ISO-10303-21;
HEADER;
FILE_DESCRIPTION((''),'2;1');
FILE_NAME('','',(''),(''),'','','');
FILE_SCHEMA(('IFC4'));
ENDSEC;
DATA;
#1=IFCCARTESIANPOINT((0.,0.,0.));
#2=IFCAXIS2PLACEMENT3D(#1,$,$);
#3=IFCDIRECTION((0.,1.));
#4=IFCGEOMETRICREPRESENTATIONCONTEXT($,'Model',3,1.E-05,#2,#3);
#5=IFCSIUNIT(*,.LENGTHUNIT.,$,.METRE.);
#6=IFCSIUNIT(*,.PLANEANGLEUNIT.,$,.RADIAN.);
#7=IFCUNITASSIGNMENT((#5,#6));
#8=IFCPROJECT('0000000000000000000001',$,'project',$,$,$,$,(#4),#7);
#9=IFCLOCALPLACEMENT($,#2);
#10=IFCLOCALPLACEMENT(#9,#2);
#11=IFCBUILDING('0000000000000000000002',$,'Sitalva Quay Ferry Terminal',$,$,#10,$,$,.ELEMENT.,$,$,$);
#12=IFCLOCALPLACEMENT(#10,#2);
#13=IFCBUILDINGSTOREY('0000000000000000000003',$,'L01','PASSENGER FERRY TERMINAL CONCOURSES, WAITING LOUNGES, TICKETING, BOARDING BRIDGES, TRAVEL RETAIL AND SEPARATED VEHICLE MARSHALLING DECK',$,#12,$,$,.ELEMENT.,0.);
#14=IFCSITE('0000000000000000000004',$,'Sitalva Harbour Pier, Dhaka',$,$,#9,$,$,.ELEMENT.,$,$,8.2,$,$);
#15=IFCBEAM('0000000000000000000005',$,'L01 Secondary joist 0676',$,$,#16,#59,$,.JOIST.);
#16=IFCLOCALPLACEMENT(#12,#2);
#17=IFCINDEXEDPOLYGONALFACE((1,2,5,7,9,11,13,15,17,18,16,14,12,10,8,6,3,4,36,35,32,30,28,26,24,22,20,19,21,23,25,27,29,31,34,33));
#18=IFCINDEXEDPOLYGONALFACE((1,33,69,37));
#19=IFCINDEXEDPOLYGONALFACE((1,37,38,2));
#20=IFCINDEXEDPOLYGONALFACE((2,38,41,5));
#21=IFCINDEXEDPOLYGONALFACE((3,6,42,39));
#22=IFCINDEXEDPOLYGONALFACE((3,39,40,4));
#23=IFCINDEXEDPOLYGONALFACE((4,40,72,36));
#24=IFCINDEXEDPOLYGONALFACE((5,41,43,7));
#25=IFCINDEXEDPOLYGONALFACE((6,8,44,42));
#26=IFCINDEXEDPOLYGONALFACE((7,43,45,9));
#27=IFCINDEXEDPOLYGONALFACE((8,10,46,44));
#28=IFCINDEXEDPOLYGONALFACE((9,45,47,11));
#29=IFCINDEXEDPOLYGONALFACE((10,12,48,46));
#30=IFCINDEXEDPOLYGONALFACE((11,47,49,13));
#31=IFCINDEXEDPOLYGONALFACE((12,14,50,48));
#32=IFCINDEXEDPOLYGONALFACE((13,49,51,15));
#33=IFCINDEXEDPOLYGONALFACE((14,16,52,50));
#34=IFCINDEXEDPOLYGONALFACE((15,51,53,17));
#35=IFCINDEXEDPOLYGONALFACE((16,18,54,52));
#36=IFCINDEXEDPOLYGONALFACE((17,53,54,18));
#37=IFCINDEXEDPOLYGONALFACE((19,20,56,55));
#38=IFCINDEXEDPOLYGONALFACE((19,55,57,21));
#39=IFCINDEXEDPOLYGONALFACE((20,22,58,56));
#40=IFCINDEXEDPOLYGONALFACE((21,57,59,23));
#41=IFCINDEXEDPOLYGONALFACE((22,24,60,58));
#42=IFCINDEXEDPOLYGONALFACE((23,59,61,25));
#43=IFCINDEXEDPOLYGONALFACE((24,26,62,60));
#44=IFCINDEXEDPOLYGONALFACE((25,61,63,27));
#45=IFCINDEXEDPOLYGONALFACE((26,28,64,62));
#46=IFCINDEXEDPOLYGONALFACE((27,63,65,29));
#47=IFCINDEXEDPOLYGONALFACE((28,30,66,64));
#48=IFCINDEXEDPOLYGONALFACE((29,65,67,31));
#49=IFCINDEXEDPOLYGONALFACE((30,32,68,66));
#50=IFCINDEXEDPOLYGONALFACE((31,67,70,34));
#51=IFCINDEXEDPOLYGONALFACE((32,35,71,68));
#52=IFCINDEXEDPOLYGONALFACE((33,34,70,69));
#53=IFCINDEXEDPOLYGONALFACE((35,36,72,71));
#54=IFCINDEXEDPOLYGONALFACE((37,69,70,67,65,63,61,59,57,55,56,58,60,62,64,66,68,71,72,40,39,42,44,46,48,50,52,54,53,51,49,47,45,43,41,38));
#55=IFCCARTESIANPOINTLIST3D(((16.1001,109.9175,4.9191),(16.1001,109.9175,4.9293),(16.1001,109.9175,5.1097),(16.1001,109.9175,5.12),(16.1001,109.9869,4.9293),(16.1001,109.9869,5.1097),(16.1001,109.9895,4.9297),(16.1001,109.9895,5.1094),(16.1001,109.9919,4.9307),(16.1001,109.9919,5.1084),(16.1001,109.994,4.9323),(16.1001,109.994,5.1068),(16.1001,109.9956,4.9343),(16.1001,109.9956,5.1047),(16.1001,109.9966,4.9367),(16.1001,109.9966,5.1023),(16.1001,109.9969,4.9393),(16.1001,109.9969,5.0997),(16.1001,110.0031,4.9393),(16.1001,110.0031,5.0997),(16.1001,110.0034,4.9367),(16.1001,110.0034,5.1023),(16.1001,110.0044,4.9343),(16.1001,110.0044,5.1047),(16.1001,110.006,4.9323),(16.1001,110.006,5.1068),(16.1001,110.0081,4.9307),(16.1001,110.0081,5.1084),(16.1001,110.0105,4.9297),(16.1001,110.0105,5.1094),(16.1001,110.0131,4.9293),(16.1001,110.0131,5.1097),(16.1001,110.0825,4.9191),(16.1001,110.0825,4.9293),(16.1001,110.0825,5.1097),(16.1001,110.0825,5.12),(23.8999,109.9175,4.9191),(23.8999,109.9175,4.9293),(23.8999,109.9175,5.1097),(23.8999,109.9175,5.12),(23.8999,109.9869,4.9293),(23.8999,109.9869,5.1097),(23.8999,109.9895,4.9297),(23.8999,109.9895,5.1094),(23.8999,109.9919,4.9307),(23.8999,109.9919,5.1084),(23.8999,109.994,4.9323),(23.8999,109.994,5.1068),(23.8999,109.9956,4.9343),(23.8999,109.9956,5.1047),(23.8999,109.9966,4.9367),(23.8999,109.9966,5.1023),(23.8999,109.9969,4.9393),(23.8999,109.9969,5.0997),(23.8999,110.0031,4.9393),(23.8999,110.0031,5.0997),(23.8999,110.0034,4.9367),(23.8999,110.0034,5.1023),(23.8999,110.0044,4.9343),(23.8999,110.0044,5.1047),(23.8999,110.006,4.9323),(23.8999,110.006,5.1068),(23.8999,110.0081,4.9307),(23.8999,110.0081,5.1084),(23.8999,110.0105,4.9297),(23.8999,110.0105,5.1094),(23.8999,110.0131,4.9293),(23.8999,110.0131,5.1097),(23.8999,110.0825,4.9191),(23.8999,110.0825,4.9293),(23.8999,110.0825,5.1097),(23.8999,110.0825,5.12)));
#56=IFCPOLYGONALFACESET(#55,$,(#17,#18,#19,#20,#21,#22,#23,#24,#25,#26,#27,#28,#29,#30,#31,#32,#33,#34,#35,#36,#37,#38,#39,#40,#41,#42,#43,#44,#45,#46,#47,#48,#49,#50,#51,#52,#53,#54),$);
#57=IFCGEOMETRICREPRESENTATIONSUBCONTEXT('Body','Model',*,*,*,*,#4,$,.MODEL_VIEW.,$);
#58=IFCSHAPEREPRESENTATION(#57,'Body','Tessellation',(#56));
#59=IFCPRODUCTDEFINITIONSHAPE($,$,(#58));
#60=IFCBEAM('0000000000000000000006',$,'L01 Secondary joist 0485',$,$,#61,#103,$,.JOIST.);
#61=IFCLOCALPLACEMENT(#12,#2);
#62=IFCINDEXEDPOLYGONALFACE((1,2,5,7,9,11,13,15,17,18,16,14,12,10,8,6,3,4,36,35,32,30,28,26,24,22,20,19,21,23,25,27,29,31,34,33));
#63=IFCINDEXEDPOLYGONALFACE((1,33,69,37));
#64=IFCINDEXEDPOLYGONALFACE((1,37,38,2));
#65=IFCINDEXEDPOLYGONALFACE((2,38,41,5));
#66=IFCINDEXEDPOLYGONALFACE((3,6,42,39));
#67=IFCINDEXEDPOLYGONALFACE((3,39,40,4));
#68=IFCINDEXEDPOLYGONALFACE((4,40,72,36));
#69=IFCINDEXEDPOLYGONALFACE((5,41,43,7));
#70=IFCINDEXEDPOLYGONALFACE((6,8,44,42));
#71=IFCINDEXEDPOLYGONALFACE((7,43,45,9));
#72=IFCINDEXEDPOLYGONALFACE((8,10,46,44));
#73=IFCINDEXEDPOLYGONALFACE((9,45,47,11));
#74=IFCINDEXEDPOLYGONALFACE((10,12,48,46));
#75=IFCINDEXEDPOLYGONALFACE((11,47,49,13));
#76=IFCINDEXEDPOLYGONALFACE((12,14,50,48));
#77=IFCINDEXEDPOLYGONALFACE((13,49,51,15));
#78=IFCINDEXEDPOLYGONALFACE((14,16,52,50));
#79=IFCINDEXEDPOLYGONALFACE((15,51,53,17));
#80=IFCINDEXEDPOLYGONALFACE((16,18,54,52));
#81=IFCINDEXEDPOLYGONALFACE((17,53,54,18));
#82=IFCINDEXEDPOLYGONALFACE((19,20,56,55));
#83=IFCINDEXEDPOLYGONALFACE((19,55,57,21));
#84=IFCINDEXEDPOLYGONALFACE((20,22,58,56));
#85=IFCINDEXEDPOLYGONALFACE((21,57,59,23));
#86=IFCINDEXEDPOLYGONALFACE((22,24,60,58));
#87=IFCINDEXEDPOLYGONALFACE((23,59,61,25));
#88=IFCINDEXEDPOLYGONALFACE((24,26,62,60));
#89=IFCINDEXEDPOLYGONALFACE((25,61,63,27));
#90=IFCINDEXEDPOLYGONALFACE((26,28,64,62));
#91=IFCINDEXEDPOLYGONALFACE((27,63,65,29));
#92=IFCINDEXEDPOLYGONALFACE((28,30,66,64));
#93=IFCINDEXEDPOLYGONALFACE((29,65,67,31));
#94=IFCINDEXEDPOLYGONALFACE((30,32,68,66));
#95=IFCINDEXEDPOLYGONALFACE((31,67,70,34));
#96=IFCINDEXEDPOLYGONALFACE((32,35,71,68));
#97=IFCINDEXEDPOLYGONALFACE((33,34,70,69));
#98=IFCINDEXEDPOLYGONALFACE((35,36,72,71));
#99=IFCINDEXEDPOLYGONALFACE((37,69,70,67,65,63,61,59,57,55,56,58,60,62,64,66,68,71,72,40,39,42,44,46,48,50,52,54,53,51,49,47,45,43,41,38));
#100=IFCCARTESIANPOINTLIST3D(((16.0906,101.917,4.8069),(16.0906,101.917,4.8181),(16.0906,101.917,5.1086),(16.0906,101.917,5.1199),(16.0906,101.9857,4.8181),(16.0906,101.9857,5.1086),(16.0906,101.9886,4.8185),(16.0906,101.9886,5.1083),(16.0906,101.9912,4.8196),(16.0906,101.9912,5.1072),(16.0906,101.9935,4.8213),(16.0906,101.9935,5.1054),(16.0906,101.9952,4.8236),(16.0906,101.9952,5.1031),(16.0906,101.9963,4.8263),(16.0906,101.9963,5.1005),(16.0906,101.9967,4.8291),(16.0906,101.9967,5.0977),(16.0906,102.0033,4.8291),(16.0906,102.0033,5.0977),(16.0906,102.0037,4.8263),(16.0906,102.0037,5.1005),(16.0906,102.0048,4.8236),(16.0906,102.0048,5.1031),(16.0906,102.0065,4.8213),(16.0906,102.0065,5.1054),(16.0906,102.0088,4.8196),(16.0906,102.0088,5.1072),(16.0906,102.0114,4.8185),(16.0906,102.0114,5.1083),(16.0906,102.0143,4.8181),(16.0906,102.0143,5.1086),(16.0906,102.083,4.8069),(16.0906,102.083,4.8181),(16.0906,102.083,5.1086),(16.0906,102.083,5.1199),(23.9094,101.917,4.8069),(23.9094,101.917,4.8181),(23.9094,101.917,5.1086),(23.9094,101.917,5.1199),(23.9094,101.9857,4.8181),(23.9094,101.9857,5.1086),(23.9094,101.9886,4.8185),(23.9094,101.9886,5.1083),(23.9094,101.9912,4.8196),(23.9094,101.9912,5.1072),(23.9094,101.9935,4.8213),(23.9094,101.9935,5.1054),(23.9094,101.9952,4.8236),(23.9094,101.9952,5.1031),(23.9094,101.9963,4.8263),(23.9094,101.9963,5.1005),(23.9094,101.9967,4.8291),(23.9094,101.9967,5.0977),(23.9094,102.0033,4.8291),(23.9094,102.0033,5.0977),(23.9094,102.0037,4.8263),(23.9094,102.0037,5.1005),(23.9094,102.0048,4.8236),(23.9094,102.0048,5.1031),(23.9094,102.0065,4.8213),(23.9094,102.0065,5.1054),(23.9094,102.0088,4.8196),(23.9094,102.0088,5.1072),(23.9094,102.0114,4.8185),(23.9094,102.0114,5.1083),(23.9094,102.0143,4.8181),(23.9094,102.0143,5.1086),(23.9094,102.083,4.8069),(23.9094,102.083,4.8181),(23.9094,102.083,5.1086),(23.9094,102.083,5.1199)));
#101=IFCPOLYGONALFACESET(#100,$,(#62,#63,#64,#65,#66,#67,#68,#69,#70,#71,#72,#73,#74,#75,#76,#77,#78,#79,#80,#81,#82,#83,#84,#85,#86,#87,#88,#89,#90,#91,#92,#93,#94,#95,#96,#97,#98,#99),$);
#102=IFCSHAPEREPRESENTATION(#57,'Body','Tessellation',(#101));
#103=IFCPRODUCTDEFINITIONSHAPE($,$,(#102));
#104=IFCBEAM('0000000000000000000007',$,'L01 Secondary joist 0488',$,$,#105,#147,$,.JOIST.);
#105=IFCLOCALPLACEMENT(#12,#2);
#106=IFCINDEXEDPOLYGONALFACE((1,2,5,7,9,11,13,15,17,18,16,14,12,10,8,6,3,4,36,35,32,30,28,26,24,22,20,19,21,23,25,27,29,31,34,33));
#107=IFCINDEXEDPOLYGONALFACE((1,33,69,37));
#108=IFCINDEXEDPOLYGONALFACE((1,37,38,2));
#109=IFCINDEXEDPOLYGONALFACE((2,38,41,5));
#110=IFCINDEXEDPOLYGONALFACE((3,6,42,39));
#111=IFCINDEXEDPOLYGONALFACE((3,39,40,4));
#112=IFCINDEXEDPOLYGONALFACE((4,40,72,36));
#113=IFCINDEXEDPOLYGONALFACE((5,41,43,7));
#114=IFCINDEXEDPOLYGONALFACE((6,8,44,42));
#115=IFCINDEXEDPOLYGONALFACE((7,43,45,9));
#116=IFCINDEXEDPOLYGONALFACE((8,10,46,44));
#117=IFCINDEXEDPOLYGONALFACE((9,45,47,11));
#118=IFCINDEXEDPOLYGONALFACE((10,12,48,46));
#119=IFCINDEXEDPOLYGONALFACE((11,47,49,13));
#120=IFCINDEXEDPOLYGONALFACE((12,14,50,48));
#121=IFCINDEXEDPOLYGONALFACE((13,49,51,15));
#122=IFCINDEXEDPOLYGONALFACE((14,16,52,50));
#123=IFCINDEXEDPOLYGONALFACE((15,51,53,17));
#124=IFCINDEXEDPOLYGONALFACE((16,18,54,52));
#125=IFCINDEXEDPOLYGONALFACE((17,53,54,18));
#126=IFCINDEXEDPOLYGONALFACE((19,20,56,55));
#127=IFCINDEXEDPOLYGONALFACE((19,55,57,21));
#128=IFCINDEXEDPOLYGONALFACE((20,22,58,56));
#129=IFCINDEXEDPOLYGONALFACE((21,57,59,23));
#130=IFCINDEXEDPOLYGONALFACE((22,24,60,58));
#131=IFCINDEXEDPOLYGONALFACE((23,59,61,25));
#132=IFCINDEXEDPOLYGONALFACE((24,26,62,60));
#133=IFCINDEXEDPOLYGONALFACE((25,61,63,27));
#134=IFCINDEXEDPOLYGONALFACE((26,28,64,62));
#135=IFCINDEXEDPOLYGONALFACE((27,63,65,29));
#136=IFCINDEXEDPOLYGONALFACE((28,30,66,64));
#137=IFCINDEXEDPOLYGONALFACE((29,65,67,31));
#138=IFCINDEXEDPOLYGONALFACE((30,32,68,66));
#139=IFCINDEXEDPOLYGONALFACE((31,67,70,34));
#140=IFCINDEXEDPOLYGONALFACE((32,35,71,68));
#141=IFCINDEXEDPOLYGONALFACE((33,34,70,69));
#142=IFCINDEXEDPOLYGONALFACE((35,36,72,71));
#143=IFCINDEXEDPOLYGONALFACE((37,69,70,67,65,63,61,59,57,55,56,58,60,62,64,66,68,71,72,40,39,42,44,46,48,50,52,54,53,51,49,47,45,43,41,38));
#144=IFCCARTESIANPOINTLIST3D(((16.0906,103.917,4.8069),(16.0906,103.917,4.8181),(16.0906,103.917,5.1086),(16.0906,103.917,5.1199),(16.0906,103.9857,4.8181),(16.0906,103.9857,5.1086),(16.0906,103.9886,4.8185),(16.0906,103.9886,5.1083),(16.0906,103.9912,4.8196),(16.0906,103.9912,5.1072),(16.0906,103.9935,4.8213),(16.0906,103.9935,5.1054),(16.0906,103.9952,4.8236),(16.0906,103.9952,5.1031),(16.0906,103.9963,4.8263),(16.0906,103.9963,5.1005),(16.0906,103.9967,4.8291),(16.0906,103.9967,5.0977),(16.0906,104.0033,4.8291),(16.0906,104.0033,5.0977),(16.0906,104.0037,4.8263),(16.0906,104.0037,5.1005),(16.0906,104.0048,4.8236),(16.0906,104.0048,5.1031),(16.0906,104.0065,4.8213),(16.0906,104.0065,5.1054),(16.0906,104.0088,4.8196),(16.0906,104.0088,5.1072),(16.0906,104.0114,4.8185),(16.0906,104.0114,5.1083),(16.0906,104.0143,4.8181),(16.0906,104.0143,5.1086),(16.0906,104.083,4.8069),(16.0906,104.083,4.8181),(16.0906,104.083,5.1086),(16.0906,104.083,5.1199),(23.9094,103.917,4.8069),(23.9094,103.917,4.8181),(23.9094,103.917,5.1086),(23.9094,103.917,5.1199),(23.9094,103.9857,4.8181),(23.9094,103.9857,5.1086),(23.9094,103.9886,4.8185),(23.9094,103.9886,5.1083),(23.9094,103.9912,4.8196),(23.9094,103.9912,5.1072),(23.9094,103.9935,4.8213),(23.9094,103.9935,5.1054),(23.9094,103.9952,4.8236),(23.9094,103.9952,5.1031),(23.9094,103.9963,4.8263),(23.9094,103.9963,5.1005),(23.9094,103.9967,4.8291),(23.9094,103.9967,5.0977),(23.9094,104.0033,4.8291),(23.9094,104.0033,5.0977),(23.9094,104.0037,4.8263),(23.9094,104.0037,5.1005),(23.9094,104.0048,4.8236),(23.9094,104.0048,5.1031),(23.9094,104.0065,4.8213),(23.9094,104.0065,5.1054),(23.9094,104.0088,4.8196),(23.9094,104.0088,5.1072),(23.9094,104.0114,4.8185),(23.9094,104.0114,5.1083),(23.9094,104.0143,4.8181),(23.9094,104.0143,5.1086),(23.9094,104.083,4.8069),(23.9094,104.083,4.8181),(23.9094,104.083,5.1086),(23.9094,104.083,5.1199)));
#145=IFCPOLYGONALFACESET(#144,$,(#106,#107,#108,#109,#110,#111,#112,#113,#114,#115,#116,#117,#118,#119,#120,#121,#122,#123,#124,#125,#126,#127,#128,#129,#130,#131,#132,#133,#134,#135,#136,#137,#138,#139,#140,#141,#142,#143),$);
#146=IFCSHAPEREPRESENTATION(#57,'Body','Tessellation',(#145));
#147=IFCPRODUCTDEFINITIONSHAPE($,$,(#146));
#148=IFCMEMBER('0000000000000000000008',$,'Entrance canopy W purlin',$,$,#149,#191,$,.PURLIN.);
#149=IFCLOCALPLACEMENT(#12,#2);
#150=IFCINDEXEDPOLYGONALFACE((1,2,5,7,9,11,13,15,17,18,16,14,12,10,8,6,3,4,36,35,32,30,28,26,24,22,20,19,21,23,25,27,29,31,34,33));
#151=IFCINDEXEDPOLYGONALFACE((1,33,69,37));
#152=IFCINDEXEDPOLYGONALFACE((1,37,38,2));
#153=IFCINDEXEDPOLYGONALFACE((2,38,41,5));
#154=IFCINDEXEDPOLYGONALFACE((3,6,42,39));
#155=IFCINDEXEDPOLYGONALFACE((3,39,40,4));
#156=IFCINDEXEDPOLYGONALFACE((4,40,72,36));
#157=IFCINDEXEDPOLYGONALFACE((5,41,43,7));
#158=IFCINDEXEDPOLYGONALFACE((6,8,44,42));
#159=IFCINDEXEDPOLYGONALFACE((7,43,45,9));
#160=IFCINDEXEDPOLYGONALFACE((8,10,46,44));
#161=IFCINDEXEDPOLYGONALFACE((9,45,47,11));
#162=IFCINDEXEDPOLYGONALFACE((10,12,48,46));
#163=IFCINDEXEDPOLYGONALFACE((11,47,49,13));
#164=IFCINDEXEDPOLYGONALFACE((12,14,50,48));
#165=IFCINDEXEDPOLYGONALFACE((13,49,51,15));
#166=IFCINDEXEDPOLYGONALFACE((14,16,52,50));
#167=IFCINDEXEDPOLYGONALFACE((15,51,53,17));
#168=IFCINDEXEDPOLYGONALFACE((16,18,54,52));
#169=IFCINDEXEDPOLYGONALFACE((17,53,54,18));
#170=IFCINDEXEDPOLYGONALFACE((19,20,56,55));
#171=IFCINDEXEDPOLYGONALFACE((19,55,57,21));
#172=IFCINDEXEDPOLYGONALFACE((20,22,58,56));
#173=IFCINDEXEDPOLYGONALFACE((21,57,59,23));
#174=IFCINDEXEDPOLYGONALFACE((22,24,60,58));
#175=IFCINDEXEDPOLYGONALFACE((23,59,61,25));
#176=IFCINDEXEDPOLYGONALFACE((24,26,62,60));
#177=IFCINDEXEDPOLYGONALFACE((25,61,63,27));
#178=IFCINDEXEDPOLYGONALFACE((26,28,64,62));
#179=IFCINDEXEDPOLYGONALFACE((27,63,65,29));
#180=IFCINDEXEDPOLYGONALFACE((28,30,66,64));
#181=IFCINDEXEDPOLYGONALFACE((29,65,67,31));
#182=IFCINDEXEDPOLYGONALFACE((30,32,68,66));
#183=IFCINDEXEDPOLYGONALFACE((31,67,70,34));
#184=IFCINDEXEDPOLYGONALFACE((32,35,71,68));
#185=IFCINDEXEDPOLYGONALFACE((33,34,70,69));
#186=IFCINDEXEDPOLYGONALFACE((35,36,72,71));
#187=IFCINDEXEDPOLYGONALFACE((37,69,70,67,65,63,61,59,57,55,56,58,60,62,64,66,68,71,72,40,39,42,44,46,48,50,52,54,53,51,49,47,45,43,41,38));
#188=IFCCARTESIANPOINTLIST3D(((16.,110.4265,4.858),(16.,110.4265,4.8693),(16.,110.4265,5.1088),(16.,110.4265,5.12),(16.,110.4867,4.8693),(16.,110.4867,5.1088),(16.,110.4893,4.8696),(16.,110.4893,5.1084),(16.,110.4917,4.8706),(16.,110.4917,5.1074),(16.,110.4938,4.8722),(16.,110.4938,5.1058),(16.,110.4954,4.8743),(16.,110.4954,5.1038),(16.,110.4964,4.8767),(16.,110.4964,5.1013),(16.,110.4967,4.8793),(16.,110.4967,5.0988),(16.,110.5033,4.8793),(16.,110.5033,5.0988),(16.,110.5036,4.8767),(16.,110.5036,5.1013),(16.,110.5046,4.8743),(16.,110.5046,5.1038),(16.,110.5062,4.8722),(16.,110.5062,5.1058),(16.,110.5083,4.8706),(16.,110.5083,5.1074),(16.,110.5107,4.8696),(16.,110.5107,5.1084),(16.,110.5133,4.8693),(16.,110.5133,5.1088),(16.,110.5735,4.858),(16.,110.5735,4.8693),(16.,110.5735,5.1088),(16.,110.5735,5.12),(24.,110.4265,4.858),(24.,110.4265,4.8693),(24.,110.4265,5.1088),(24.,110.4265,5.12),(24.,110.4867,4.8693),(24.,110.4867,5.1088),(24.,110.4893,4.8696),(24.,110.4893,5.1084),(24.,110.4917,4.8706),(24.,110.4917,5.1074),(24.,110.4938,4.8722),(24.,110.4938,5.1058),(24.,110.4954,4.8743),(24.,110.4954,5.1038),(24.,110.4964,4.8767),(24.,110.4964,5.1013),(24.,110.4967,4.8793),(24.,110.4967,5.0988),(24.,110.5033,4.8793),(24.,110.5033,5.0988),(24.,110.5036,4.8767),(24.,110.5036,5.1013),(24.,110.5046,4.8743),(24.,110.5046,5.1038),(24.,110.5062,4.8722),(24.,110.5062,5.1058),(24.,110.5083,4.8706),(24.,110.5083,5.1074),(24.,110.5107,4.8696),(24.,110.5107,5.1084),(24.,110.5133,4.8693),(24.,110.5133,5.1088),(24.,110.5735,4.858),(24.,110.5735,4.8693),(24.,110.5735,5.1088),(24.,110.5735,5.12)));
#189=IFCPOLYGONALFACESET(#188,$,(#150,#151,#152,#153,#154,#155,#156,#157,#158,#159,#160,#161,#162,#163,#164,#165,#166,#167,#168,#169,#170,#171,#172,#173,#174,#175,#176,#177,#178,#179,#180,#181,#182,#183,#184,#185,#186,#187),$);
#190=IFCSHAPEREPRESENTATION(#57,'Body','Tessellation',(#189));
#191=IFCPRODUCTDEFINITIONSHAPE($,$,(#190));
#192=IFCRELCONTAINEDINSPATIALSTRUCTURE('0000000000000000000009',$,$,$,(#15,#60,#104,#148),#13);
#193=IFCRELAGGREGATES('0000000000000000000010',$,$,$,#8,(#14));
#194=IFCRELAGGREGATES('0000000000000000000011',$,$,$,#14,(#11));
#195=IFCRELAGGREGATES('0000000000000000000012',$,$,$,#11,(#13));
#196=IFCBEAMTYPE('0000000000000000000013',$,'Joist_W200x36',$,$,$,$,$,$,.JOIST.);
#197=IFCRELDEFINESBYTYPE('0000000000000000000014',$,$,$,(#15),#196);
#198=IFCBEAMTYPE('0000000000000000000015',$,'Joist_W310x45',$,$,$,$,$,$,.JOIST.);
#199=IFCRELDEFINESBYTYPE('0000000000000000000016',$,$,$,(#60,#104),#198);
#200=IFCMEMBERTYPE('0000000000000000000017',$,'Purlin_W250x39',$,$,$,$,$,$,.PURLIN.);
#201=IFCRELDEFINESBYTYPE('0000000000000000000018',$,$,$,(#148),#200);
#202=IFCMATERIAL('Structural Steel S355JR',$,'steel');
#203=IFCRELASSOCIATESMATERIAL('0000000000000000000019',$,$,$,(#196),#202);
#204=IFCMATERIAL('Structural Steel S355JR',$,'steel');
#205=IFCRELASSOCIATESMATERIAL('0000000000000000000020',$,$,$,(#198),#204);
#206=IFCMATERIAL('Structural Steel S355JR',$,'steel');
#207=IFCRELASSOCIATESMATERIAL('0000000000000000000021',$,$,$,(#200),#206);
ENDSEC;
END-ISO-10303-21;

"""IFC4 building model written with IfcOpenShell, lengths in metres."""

from ifc_helpers import new_model, si_unit, direction, frame, origin, origin_2d, place, context, subcontext, project, spatial, i_section, extrude, material, material_profile, profile_set, type_object, element, save


model = new_model("IFC4")

# Units and contexts
model_context = context("Model", 3, precision=1e-05, world=origin(), true_north=direction((0.0, 1.0)))
body_context = subcontext(model_context, "Body", "Model", "MODEL_VIEW")
ifc_project = project(units=[si_unit("LENGTHUNIT", "METRE"), si_unit("PLANEANGLEUNIT", "RADIAN")], contexts=[model_context])

# Site, building, storey
site_placement = place(None, origin())
site = spatial("IfcSite", under=ifc_project, at=site_placement, Name="Sitalva Harbour Pier, Dhaka", CompositionType="ELEMENT", RefElevation=8.2)
building_placement = place(site_placement, origin())
building = spatial("IfcBuilding", under=site, at=building_placement, Name="Sitalva Quay Ferry Terminal", CompositionType="ELEMENT")
storey_placement = place(building_placement, origin())
storey = spatial("IfcBuildingStorey", under=building, at=storey_placement, Name="L01", Description="PASSENGER FERRY TERMINAL CONCOURSES, WAITING LOUNGES, TICKETING, BOARDING BRIDGES, TRAVEL RETAIL AND SEPARATED VEHICLE MARSHALLING DECK", CompositionType="ELEMENT", Elevation=0.0)

# Beams
ifc_material_1 = material(Name="Structural Steel S355JR", Category="steel")
ifc_material_profile_1 = material_profile(ifc_material_1, i_section(OverallWidth=0.165, OverallDepth=0.2009, WebThickness=0.0061, FlangeThickness=0.0103, FilletRadius=0.01, at=origin_2d()), Name="W200x36")
ifc_profile_set_1 = profile_set([ifc_material_profile_1], Name="Structural Steel S355JR")
beam_type_1 = type_object("IfcBeamType", Name="Joist_W200x36", PredefinedType="JOIST", material=ifc_profile_set_1)
for number, where, z_axis, x_axis, name in (
    (1, (16.1001, 110.0, 5.0195), (1.0, 0.0, 0.0), (0.0, 1.0, 0.0), "L01 Secondary joist 0676"),
):
    element("IfcBeam", number, at=place(storey_placement, frame(where, z_axis=z_axis, x_axis=x_axis)), inside=storey, type_object=beam_type_1, Name=name, PredefinedType="JOIST", context=body_context, shape_type="SweptSolid", body=[
        extrude(i_section(OverallWidth=0.165, OverallDepth=0.2009, WebThickness=0.0061, FlangeThickness=0.0103, FilletRadius=0.01, at=origin_2d()), origin(), (0.0, 0.0, 1.0), 7.7998),
    ])
ifc_material_2 = material(Name="Structural Steel S355JR", Category="steel")
ifc_material_profile_2 = material_profile(ifc_material_2, i_section(OverallWidth=0.166, OverallDepth=0.313, WebThickness=0.0066, FlangeThickness=0.0112, FilletRadius=0.011, at=origin_2d()), Name="W310x45")
ifc_profile_set_2 = profile_set([ifc_material_profile_2], Name="Structural Steel S355JR")
beam_type_2 = type_object("IfcBeamType", Name="Joist_W310x45", PredefinedType="JOIST", material=ifc_profile_set_2)
for number, where, z_axis, x_axis, name in (
    (2, (16.0906, 102.0, 4.9634), (1.0, 0.0, 0.0), (0.0, 1.0, 0.0), "L01 Secondary joist 0485"),
    (3, (16.0906, 104.0, 4.9634), (1.0, 0.0, 0.0), (0.0, 1.0, 0.0), "L01 Secondary joist 0488"),
):
    element("IfcBeam", number, at=place(storey_placement, frame(where, z_axis=z_axis, x_axis=x_axis)), inside=storey, type_object=beam_type_2, Name=name, PredefinedType="JOIST", context=body_context, shape_type="SweptSolid", body=[
        extrude(i_section(OverallWidth=0.166, OverallDepth=0.313, WebThickness=0.0066, FlangeThickness=0.0112, FilletRadius=0.011, at=origin_2d()), origin(), (0.0, 0.0, 1.0), 7.8188),
    ])

# Member
ifc_material_3 = material(Name="Structural Steel S355JR", Category="steel")
ifc_material_profile_3 = material_profile(ifc_material_3, i_section(OverallWidth=0.147, OverallDepth=0.262, WebThickness=0.0066, FlangeThickness=0.0112, FilletRadius=0.01, at=origin_2d()), Name="W250x39")
ifc_profile_set_3 = profile_set([ifc_material_profile_3], Name="Structural Steel S355JR")
member_type = type_object("IfcMemberType", Name="Purlin_W250x39", PredefinedType="PURLIN", material=ifc_profile_set_3)
member_placement = place(storey_placement, frame((16.0, 110.5, 4.989), z_axis=(1.0, 0.0, 0.0), x_axis=(0.0, 1.0, 0.0)))
element("IfcMember", 4, at=member_placement, inside=storey, type_object=member_type, Name="Entrance canopy W purlin", PredefinedType="PURLIN", context=body_context, shape_type="SweptSolid", body=[
    extrude(i_section(OverallWidth=0.147, OverallDepth=0.262, WebThickness=0.0066, FlangeThickness=0.0112, FilletRadius=0.01, at=origin_2d()), origin(), (0.0, 0.0, 1.0), 8.0),
])

save(model, "model.ifc")
